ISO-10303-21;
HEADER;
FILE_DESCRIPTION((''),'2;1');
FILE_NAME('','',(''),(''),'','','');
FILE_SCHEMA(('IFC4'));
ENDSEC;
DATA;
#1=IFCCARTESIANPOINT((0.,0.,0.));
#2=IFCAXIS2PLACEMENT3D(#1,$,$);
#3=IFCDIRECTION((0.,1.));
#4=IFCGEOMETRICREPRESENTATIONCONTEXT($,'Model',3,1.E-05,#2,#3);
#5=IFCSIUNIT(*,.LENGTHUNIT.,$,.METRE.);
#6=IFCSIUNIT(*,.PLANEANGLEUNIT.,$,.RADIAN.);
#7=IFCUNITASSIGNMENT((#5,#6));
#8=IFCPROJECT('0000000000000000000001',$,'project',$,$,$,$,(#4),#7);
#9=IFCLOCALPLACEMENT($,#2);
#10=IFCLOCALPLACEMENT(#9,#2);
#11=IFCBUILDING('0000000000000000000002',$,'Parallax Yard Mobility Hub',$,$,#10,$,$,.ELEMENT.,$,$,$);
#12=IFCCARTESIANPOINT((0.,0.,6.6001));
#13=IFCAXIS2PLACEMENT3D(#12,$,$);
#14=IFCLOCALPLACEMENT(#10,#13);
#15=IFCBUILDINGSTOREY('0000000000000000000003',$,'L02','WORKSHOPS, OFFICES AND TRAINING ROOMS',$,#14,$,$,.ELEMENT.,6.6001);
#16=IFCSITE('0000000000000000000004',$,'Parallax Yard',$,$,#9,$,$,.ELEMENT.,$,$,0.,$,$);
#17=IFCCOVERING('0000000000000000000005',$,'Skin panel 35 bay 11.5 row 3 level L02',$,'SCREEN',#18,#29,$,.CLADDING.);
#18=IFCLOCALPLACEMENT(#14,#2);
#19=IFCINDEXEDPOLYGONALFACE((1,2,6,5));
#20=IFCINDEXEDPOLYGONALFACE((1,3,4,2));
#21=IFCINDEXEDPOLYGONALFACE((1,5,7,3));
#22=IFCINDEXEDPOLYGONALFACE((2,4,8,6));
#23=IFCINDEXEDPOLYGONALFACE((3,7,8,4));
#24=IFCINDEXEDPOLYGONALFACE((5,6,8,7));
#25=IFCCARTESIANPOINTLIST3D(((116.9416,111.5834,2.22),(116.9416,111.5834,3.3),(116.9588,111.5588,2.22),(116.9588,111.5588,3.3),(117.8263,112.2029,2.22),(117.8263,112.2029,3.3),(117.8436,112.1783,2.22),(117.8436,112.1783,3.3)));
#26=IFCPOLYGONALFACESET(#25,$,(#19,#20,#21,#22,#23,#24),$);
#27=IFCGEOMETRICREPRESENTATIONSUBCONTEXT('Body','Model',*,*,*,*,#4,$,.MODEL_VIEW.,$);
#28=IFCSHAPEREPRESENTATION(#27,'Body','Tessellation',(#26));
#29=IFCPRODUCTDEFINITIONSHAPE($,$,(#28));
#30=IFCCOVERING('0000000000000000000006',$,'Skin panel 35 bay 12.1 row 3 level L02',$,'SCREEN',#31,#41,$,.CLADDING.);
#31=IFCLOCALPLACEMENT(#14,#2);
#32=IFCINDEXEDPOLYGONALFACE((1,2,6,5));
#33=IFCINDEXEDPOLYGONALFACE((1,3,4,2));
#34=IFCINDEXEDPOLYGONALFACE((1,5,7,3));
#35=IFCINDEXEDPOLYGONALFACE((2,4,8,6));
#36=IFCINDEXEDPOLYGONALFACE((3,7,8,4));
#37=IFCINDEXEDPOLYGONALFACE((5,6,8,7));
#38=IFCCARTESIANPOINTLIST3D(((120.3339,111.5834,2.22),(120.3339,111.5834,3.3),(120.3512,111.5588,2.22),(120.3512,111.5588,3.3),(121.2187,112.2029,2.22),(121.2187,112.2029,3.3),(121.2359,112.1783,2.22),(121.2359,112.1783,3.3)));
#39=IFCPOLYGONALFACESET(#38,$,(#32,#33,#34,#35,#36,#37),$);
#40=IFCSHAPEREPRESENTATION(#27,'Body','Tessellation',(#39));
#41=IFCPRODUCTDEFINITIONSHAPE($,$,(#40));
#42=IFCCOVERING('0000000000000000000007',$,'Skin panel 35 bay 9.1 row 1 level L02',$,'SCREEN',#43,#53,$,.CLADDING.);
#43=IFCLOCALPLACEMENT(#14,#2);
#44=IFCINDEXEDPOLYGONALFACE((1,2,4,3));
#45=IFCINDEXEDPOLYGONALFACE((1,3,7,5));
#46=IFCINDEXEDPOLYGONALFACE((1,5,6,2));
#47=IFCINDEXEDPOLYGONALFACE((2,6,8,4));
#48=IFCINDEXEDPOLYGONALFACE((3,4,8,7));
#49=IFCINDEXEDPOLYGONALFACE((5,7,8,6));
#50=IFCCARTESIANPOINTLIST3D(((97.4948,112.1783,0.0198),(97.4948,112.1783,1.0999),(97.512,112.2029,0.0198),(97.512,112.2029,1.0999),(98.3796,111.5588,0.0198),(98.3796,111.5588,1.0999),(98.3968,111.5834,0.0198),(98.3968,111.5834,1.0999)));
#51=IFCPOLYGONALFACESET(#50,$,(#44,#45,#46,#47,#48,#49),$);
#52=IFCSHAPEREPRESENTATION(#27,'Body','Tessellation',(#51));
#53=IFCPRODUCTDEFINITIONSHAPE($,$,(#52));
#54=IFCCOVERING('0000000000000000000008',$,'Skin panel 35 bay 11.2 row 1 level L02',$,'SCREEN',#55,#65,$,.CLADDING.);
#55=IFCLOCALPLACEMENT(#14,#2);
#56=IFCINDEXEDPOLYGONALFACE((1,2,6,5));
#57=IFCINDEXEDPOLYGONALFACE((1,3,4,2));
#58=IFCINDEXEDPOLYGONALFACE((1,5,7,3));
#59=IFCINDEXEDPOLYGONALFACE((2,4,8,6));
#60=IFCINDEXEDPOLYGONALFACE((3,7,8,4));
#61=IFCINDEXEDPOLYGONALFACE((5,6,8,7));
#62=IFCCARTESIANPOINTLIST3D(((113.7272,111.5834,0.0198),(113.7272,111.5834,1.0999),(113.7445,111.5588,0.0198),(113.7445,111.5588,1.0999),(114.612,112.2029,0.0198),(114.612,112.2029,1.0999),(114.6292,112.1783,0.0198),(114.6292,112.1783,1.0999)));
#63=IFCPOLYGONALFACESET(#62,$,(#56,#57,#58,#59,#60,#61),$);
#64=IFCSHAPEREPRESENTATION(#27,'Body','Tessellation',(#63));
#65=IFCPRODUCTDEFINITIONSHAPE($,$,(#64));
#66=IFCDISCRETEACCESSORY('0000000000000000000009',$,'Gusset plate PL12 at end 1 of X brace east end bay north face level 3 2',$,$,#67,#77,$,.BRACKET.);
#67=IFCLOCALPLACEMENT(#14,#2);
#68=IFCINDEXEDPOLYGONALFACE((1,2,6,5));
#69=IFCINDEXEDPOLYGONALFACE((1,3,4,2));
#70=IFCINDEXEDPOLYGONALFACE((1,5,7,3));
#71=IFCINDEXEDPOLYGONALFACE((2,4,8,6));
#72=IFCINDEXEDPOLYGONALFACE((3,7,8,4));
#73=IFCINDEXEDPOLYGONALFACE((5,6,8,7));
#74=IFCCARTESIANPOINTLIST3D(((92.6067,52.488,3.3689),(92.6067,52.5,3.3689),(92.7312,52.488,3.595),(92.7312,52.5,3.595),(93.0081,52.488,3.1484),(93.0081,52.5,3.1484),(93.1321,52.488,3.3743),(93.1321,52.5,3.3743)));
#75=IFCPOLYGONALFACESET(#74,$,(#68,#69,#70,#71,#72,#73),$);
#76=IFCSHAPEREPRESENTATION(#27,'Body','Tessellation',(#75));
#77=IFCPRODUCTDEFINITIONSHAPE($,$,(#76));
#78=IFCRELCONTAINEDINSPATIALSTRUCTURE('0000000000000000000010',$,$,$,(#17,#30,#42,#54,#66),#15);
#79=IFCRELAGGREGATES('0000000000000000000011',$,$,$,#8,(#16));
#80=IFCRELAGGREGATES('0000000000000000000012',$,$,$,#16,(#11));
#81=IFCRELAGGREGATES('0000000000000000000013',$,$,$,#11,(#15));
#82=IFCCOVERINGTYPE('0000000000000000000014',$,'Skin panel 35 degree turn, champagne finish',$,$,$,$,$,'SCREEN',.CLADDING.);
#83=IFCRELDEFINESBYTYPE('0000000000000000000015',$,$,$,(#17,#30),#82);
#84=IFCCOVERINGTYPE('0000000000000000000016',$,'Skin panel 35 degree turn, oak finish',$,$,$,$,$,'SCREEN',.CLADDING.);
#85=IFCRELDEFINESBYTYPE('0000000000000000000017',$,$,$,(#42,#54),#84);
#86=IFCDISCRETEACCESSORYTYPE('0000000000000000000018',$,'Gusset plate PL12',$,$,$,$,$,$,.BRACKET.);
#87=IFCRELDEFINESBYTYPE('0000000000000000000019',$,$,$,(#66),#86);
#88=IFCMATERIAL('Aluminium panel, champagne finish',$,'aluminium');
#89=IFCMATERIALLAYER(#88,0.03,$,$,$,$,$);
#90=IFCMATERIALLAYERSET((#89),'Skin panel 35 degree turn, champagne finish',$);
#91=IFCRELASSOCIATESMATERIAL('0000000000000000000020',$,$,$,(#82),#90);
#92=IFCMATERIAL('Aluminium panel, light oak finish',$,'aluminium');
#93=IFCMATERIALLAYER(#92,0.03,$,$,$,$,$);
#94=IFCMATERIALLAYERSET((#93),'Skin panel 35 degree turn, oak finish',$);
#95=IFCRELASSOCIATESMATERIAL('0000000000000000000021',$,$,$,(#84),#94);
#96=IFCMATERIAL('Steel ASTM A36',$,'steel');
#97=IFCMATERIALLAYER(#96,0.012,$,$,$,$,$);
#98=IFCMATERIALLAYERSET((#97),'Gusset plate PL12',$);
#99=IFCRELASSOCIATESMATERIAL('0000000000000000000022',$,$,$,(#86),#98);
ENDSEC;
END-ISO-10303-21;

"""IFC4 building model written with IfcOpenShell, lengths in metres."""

from ifc_helpers import new_model, si_unit, direction, frame, origin, origin_2d, place, context, subcontext, project, spatial, polyline, rectangle, outline, extrude, material, layer, layer_set, type_object, element, save


model = new_model("IFC4")

# Units and contexts
model_context = context("Model", 3, precision=1e-05, world=origin(), true_north=direction((0.0, 1.0)))
body_context = subcontext(model_context, "Body", "Model", "MODEL_VIEW")
ifc_project = project(units=[si_unit("LENGTHUNIT", "METRE"), si_unit("PLANEANGLEUNIT", "RADIAN")], contexts=[model_context])

# Site, building, storey
site_placement = place(None, origin())
site = spatial("IfcSite", under=ifc_project, at=site_placement, Name="Parallax Yard", CompositionType="ELEMENT", RefElevation=0.0)
building_placement = place(site_placement, origin())
building = spatial("IfcBuilding", under=site, at=building_placement, Name="Parallax Yard Mobility Hub", CompositionType="ELEMENT")
storey_placement = place(building_placement, frame((0.0, 0.0, 6.6001)))
storey = spatial("IfcBuildingStorey", under=building, at=storey_placement, Name="L02", Description="WORKSHOPS, OFFICES AND TRAINING ROOMS", CompositionType="ELEMENT", Elevation=6.6001)

# Coverings
ifc_material_1 = material(Name="Aluminium panel, champagne finish", Category="aluminium")
ifc_layer_1 = layer(ifc_material_1, 0.03)
ifc_layer_set_1 = layer_set([ifc_layer_1], Name="Skin panel 35 degree turn, champagne finish")
covering_type_1 = type_object("IfcCoveringType", Name="Skin panel 35 degree turn, champagne finish", ElementType="SCREEN", PredefinedType="CLADDING", material=ifc_layer_set_1)
for number, where, z_axis, x_axis, name in (
    (1, (117.3926, 111.8809, 2.22), (0.0, 0.0, 1.0), (-0.819152, -0.573576, 0.0), "Skin panel 35 bay 11.5 row 3 level L02"),
    (2, (120.7849, 111.8809, 2.22), (0.0, 0.0, 1.0), (-0.819152, -0.573576, 0.0), "Skin panel 35 bay 12.1 row 3 level L02"),
):
    element("IfcCovering", number, at=place(storey_placement, frame(where, z_axis=z_axis, x_axis=x_axis)), inside=storey, type_object=covering_type_1, Name=name, ObjectType="SCREEN", PredefinedType="CLADDING", context=body_context, shape_type="SweptSolid", body=[
        extrude(rectangle(XDim=1.0801, YDim=0.03, at=origin_2d()), origin(), (0.0, 0.0, 1.0), 1.0801),
    ])
ifc_material_2 = material(Name="Aluminium panel, light oak finish", Category="aluminium")
ifc_layer_2 = layer(ifc_material_2, 0.03)
ifc_layer_set_2 = layer_set([ifc_layer_2], Name="Skin panel 35 degree turn, oak finish")
covering_type_2 = type_object("IfcCoveringType", Name="Skin panel 35 degree turn, oak finish", ElementType="SCREEN", PredefinedType="CLADDING", material=ifc_layer_set_2)
for number, where, z_axis, x_axis, name in (
    (3, (97.9458, 111.8809, 0.0198), (0.0, 0.0, 1.0), (0.819152, -0.573576, 0.0), "Skin panel 35 bay 9.1 row 1 level L02"),
    (4, (114.1782, 111.8809, 0.0198), (0.0, 0.0, 1.0), (-0.819152, -0.573576, 0.0), "Skin panel 35 bay 11.2 row 1 level L02"),
):
    element("IfcCovering", number, at=place(storey_placement, frame(where, z_axis=z_axis, x_axis=x_axis)), inside=storey, type_object=covering_type_2, Name=name, ObjectType="SCREEN", PredefinedType="CLADDING", context=body_context, shape_type="SweptSolid", body=[
        extrude(rectangle(XDim=1.0801, YDim=0.03, at=origin_2d()), origin(), (0.0, 0.0, 1.0), 1.0801),
    ])

# Discrete accessory
ifc_material_3 = material(Name="Steel ASTM A36", Category="steel")
ifc_layer_3 = layer(ifc_material_3, 0.012)
ifc_layer_set_3 = layer_set([ifc_layer_3], Name="Gusset plate PL12")
discrete_accessory_type = type_object("IfcDiscreteAccessoryType", Name="Gusset plate PL12", PredefinedType="BRACKET", material=ifc_layer_set_3)
discrete_accessory_placement = place(storey_placement, frame((92.7312, 52.5, 3.595), z_axis=(0.0, 1.0, 0.0), x_axis=(0.876013, 0.0, -0.482287)))
element("IfcDiscreteAccessory", 5, at=discrete_accessory_placement, inside=storey, type_object=discrete_accessory_type, Name="Gusset plate PL12 at end 1 of X brace east end bay north face level 3 2", PredefinedType="BRACKET", context=body_context, shape_type="SweptSolid", body=[
    extrude(outline(polyline([(0.0, 0.0), (0.4576, 0.0), (0.4579, 0.2576), (0.0, 0.2581), (0.0, 0.0)])), origin(), (0.0, 0.0, -1.0), 0.012),
])

save(model, "model.ifc")
